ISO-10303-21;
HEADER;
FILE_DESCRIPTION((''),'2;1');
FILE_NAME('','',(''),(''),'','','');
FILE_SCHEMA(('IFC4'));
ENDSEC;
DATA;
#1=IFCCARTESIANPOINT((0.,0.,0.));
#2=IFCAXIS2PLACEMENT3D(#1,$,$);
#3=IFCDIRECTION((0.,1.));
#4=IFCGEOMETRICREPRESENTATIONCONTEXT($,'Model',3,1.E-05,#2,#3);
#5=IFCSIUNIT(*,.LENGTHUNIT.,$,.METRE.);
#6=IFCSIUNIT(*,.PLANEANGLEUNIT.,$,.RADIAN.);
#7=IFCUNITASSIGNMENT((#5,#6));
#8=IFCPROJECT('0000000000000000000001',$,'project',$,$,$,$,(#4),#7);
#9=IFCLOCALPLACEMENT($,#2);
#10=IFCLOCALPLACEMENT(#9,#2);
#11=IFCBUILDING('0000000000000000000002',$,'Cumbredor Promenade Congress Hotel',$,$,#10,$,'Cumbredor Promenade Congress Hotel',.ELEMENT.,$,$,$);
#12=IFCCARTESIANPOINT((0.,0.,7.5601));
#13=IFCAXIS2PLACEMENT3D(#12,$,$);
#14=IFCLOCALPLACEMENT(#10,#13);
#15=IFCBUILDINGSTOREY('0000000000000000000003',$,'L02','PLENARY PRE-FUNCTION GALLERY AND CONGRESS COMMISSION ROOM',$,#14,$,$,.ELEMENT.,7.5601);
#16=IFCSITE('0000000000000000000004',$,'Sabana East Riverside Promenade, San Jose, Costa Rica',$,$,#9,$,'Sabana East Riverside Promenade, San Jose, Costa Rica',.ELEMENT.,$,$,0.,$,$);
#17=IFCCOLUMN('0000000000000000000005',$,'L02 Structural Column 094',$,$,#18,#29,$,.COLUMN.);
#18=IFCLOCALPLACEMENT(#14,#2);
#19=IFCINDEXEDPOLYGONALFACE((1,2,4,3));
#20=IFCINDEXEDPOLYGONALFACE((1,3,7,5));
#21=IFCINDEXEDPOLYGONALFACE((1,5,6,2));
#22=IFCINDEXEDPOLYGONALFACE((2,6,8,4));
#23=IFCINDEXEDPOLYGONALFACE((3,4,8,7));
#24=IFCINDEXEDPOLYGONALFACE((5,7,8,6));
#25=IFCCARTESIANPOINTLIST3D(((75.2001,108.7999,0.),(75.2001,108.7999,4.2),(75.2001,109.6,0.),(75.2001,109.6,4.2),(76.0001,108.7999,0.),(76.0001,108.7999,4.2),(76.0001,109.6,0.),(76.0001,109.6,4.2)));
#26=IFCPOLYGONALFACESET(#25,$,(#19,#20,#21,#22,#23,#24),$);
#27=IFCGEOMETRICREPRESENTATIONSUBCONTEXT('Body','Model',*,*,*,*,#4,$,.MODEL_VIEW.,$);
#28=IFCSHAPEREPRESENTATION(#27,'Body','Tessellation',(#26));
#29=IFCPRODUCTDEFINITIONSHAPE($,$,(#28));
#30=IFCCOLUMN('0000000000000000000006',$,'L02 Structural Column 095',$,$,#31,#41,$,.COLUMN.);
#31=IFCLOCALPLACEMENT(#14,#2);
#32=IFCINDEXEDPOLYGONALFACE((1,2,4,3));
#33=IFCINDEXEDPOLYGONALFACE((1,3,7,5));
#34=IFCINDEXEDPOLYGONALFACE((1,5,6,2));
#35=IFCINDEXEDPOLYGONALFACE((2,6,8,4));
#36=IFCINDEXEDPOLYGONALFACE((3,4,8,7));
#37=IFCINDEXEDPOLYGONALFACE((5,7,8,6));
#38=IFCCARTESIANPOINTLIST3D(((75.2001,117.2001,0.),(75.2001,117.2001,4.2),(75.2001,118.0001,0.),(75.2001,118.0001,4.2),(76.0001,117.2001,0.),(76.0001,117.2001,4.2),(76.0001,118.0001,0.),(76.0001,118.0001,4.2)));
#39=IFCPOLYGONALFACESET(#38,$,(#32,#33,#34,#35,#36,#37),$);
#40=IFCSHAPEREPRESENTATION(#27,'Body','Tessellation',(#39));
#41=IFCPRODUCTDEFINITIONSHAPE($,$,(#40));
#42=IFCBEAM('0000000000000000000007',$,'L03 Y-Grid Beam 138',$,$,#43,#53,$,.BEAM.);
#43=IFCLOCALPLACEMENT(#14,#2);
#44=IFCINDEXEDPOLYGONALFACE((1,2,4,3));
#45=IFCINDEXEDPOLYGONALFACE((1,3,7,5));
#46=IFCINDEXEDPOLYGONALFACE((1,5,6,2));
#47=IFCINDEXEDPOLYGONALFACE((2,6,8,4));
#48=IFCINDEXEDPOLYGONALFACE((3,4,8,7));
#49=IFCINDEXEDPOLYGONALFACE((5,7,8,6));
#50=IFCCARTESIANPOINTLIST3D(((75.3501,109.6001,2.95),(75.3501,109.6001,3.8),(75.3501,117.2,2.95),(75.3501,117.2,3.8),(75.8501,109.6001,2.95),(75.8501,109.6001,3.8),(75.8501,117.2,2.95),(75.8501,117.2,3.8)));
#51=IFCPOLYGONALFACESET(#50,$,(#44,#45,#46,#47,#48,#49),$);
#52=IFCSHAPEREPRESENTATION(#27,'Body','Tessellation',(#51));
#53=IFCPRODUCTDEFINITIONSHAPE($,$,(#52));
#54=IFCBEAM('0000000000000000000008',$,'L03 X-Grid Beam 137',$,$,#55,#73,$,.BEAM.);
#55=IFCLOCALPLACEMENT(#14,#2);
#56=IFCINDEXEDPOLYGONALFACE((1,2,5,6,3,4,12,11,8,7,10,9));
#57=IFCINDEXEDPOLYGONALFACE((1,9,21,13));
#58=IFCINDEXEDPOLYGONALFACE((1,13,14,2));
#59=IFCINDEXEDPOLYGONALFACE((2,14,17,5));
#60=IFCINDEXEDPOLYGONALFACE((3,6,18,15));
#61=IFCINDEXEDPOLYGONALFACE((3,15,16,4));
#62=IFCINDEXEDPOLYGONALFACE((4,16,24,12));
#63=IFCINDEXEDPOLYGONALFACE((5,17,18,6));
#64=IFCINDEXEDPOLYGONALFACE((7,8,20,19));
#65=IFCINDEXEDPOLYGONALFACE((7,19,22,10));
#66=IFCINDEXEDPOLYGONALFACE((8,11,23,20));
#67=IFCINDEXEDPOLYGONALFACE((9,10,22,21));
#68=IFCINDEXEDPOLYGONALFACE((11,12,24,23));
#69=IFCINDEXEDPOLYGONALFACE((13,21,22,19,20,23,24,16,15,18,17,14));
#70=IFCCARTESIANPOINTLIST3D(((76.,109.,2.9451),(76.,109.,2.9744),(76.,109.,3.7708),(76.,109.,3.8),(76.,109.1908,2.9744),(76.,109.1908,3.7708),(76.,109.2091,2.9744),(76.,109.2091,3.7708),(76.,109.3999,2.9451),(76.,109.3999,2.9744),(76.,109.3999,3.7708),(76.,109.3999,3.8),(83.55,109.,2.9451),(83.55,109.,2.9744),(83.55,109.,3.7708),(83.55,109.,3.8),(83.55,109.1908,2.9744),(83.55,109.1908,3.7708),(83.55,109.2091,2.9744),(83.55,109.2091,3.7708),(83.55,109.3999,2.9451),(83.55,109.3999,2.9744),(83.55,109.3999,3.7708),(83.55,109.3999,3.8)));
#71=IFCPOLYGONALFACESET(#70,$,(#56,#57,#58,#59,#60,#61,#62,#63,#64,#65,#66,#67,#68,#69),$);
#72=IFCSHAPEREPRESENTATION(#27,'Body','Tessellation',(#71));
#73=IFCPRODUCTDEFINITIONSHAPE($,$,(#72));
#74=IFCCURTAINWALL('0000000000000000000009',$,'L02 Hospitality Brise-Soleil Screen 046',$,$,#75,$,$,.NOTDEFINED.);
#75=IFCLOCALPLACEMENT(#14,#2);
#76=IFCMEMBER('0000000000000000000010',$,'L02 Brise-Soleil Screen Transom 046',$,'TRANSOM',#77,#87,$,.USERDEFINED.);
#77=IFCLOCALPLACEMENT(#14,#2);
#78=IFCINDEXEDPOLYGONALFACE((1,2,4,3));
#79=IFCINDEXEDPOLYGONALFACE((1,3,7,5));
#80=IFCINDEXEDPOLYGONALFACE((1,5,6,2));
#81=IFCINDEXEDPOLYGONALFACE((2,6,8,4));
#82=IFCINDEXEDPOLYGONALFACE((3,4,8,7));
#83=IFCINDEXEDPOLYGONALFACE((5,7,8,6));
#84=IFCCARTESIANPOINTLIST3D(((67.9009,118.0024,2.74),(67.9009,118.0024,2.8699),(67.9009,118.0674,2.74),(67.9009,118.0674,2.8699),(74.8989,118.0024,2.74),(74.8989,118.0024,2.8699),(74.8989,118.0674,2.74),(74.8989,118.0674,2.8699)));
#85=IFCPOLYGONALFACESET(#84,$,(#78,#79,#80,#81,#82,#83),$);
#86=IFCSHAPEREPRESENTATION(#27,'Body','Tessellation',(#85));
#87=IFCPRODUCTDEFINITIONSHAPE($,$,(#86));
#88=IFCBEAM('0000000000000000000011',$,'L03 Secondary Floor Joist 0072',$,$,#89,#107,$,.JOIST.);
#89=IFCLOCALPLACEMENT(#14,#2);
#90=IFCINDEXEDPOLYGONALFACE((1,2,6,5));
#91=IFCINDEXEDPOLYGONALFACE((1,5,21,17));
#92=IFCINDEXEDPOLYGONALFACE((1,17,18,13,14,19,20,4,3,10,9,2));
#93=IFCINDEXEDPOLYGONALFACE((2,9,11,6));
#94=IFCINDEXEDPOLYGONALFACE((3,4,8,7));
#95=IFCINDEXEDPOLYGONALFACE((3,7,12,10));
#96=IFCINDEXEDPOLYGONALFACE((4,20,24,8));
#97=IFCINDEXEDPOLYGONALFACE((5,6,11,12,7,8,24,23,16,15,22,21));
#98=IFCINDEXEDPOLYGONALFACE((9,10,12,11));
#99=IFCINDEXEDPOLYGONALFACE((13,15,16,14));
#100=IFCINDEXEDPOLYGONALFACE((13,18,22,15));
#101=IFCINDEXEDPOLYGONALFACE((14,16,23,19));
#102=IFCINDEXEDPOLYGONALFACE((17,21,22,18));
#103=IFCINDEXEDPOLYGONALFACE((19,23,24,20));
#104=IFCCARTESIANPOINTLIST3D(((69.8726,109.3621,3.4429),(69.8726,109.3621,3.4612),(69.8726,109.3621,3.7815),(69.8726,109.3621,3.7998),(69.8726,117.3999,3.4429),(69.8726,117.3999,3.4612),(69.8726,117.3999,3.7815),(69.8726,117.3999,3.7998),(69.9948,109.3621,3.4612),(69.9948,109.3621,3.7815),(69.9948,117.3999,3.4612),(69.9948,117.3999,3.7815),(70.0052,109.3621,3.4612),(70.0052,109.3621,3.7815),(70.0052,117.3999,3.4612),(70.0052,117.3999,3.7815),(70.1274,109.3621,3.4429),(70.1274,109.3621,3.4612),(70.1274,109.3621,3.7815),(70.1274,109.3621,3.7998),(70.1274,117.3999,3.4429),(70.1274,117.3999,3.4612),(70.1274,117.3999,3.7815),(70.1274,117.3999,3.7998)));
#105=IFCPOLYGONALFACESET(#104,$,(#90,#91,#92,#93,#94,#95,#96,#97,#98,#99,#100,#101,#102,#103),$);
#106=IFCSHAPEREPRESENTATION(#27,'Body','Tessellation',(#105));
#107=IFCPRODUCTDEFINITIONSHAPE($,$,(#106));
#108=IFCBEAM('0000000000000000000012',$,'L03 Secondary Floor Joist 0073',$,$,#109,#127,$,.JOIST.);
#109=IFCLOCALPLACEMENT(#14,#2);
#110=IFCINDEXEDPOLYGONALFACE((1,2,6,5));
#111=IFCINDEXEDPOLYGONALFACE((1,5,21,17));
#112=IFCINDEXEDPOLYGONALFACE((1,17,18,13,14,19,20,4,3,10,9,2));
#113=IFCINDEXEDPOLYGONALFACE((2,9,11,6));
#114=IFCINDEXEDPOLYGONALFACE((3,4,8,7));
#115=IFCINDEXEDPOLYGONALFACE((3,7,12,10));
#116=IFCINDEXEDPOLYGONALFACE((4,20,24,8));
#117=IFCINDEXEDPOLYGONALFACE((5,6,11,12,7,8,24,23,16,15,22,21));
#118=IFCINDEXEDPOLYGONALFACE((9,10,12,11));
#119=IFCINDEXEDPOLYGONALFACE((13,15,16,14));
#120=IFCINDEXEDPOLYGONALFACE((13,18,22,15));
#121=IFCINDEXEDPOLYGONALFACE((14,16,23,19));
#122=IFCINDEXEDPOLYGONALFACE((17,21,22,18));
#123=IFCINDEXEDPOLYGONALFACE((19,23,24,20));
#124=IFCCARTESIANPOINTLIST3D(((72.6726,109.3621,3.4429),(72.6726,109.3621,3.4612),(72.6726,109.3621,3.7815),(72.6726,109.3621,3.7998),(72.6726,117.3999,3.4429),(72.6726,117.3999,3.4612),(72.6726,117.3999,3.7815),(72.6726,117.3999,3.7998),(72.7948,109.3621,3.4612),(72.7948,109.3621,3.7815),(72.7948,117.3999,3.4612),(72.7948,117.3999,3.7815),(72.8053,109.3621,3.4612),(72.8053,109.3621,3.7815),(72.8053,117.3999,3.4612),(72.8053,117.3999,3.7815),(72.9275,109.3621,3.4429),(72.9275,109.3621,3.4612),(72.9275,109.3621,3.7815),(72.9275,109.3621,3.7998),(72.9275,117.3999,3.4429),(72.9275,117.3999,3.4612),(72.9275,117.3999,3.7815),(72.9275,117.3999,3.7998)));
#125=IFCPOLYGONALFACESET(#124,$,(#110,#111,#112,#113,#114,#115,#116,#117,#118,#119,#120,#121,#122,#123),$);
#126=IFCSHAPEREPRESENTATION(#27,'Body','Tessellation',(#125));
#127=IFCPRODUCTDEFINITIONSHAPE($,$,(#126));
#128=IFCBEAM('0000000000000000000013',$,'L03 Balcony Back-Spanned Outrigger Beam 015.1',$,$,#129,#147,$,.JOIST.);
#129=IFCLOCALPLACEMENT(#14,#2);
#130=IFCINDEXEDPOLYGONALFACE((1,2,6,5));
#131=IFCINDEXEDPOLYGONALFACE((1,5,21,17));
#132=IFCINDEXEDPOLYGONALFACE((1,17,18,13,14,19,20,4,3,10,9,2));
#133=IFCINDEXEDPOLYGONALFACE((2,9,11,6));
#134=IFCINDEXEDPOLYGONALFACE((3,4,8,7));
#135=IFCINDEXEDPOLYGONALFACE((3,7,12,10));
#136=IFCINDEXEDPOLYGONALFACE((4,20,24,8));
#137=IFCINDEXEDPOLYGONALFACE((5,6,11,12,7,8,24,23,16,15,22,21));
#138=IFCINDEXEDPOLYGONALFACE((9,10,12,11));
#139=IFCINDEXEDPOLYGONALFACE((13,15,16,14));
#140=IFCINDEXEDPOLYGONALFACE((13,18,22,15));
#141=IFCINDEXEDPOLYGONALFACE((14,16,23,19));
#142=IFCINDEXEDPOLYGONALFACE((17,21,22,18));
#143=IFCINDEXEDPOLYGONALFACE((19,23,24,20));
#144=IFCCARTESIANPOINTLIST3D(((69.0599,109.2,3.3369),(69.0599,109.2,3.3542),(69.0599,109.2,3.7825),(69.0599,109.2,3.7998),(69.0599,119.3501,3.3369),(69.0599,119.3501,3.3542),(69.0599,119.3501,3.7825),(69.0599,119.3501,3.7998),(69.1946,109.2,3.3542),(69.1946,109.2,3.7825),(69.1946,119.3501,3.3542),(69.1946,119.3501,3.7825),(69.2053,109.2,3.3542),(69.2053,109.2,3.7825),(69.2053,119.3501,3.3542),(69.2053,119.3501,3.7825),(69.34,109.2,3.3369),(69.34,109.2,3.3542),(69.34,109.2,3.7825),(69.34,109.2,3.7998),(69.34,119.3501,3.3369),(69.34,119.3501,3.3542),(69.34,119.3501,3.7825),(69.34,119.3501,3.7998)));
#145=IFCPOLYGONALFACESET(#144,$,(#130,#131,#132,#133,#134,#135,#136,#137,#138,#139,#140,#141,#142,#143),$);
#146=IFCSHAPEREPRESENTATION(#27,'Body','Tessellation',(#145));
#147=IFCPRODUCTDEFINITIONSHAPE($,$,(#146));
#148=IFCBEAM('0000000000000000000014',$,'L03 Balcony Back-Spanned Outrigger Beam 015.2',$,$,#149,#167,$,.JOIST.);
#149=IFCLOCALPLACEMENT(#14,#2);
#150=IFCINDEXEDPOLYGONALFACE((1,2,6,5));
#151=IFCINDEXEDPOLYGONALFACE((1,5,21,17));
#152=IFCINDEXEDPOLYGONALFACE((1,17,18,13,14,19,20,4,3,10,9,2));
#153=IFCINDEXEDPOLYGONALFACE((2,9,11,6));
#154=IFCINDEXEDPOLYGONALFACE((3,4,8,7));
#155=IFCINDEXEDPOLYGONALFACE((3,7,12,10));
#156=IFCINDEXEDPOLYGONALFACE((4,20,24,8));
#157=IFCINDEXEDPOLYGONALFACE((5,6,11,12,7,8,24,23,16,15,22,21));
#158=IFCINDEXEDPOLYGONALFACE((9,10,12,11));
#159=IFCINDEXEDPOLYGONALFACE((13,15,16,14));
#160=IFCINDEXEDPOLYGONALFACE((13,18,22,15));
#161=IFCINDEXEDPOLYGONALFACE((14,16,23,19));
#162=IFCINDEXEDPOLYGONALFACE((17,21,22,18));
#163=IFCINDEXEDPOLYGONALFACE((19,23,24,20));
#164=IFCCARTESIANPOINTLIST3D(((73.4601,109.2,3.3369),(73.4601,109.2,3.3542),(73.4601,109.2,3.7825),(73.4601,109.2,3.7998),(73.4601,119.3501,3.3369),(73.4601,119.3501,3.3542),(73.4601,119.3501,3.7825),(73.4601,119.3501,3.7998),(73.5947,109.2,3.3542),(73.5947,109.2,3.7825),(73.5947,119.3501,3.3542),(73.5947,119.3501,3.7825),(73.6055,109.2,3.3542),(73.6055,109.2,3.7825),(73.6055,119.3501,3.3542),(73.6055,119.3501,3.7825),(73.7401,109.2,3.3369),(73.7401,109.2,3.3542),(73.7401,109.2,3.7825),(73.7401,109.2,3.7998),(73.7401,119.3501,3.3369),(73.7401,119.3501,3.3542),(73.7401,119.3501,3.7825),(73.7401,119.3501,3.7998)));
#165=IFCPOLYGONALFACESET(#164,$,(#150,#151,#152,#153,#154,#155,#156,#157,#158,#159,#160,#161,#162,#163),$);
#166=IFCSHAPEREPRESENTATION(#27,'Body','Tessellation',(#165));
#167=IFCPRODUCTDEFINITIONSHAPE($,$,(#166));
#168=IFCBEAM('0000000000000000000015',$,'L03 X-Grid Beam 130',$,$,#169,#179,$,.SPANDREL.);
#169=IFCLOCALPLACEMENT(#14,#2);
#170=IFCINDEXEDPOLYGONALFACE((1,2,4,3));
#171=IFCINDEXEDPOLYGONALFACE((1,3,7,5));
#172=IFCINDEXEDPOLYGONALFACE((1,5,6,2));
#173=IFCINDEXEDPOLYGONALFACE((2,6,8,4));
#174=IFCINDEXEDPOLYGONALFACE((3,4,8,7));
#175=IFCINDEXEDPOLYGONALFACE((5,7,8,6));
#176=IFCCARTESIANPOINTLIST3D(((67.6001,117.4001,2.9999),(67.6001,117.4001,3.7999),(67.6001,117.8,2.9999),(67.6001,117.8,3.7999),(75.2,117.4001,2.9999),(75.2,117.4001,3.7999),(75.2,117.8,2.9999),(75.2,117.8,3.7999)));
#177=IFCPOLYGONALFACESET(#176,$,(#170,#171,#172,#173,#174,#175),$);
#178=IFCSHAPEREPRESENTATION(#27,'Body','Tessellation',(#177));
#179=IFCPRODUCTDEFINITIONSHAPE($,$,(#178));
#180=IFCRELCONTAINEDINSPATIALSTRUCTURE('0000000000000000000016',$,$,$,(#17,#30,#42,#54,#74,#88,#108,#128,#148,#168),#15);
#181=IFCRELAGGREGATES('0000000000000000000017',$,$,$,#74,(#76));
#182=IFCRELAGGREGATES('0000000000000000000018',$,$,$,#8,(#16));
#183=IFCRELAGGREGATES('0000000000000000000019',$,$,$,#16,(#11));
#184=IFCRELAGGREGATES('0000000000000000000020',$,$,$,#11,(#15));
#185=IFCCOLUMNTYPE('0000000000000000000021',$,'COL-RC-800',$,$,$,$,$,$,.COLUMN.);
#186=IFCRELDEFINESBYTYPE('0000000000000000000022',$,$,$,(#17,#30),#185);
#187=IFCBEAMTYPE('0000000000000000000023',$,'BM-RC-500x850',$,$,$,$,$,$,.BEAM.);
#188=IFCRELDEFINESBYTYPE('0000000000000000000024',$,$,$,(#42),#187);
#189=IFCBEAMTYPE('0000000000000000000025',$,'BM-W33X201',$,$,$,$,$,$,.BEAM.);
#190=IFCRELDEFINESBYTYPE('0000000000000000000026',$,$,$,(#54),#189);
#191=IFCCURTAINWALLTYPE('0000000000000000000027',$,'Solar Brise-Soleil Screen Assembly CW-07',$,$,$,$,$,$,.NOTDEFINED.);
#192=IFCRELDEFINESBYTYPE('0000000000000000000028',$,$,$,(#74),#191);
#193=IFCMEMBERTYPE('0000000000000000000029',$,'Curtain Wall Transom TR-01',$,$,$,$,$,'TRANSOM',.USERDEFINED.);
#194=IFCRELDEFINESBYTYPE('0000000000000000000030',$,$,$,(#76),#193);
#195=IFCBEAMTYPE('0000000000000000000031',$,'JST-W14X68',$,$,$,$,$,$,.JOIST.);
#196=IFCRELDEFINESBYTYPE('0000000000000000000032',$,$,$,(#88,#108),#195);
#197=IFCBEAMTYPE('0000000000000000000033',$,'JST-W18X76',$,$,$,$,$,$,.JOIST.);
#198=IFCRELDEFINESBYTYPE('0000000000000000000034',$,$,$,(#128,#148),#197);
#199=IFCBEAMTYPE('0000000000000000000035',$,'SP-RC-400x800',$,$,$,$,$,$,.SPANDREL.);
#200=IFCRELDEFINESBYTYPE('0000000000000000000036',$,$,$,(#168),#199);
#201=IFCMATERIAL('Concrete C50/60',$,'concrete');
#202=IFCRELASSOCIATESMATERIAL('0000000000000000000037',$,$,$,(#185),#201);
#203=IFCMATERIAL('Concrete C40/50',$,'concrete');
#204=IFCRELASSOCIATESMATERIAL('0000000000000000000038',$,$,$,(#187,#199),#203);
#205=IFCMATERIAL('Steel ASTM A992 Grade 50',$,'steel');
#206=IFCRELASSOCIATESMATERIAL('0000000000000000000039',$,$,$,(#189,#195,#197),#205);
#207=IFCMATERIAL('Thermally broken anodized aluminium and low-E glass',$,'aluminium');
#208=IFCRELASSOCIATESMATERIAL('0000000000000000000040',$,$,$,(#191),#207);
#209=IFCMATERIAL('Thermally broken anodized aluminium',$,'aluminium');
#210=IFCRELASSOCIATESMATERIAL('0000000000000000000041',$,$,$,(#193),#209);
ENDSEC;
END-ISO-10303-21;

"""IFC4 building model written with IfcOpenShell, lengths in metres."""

from ifc_helpers import new_model, si_unit, direction, frame, origin, origin_2d, place, context, subcontext, project, spatial, rectangle, i_section, extrude, material, material_profile, profile_set, type_object, element, aggregate, save


model = new_model("IFC4")

# Units and contexts
model_context = context("Model", 3, precision=1e-05, world=origin(), true_north=direction((0.0, 1.0)))
body_context = subcontext(model_context, "Body", "Model", "MODEL_VIEW")
ifc_project = project(units=[si_unit("LENGTHUNIT", "METRE"), si_unit("PLANEANGLEUNIT", "RADIAN")], contexts=[model_context])

# Site, building, storey
site_placement = place(None, origin())
site = spatial("IfcSite", under=ifc_project, at=site_placement, Name="Sabana East Riverside Promenade, San Jose, Costa Rica", LongName="Sabana East Riverside Promenade, San Jose, Costa Rica", CompositionType="ELEMENT", RefElevation=0.0)
building_placement = place(site_placement, origin())
building = spatial("IfcBuilding", under=site, at=building_placement, Name="Cumbredor Promenade Congress Hotel", LongName="Cumbredor Promenade Congress Hotel", CompositionType="ELEMENT")
storey_placement = place(building_placement, frame((0.0, 0.0, 7.5601)))
storey = spatial("IfcBuildingStorey", under=building, at=storey_placement, Name="L02", Description="PLENARY PRE-FUNCTION GALLERY AND CONGRESS COMMISSION ROOM", CompositionType="ELEMENT", Elevation=7.5601)

# Columns
ifc_material_1 = material(Name="Concrete C50/60", Category="concrete")
ifc_material_profile_1 = material_profile(ifc_material_1, rectangle(XDim=0.8, YDim=0.8, at=origin_2d()), Name="RC 800x800")
ifc_profile_set_1 = profile_set([ifc_material_profile_1], Name="Concrete C50/60")
column_type = type_object("IfcColumnType", Name="COL-RC-800", PredefinedType="COLUMN", material=ifc_profile_set_1)
for number, where, z_axis, x_axis, name in (
    (1, (75.6001, 109.2, 0.0), (0.0, 0.0, 1.0), (1.0, 0.0, 0.0), "L02 Structural Column 094"),
    (2, (75.6001, 117.6001, 0.0), (0.0, 0.0, 1.0), (1.0, 0.0, 0.0), "L02 Structural Column 095"),
):
    element("IfcColumn", number, at=place(storey_placement, frame(where, z_axis=z_axis, x_axis=x_axis)), inside=storey, type_object=column_type, Name=name, PredefinedType="COLUMN", context=body_context, shape_type="SweptSolid", body=[
        extrude(rectangle(XDim=0.8, YDim=0.8, at=origin_2d()), origin(), (0.0, 0.0, 1.0), 4.2),
    ])

# Beams
ifc_material_2 = material(Name="Concrete C40/50", Category="concrete")
ifc_material_profile_2 = material_profile(ifc_material_2, rectangle(XDim=0.5, YDim=0.8501, at=origin_2d()), Name="RC BEAM 500x850")
ifc_profile_set_2 = profile_set([ifc_material_profile_2], Name="Concrete C40/50")
beam_type_1 = type_object("IfcBeamType", Name="BM-RC-500x850", PredefinedType="BEAM", material=ifc_profile_set_2)
beam_1_placement = place(storey_placement, frame((75.6001, 109.6001, 3.375), z_axis=(0.0, 1.0, 0.0), x_axis=(-1.0, 0.0, 0.0)))
element("IfcBeam", 3, at=beam_1_placement, inside=storey, type_object=beam_type_1, Name="L03 Y-Grid Beam 138", PredefinedType="BEAM", context=body_context, shape_type="SweptSolid", body=[
    extrude(rectangle(XDim=0.5, YDim=0.8501, at=origin_2d()), origin(), (0.0, 0.0, 1.0), 7.5999),
])
ifc_material_3 = material(Name="Steel ASTM A992 Grade 50", Category="steel")
ifc_material_profile_3 = material_profile(ifc_material_3, i_section(OverallWidth=0.3999, OverallDepth=0.855, WebThickness=0.0183, FlangeThickness=0.0293, at=origin_2d()), Name="W33X201")
ifc_profile_set_3 = profile_set([ifc_material_profile_3], Name="Steel ASTM A992 Grade 50")
beam_type_2 = type_object("IfcBeamType", Name="BM-W33X201", PredefinedType="BEAM", material=ifc_profile_set_3)
beam_2_placement = place(storey_placement, frame((76.0, 109.2, 3.3726), z_axis=(1.0, 0.0, 0.0), x_axis=(0.0, 1.0, 0.0)))
element("IfcBeam", 4, at=beam_2_placement, inside=storey, type_object=beam_type_2, Name="L03 X-Grid Beam 137", PredefinedType="BEAM", context=body_context, shape_type="SweptSolid", body=[
    extrude(i_section(OverallWidth=0.3999, OverallDepth=0.855, WebThickness=0.0183, FlangeThickness=0.0293, at=origin_2d()), origin(), (0.0, 0.0, 1.0), 7.55),
])

# Curtain wall, member
ifc_material_4 = material(Name="Thermally broken anodized aluminium and low-E glass", Category="aluminium")
curtain_wall_type = type_object("IfcCurtainWallType", Name="Solar Brise-Soleil Screen Assembly CW-07", PredefinedType="NOTDEFINED", material=ifc_material_4)
curtain_wall_placement = place(storey_placement, origin())
curtain_wall = element("IfcCurtainWall", 5, at=curtain_wall_placement, inside=storey, type_object=curtain_wall_type, Name="L02 Hospitality Brise-Soleil Screen 046", PredefinedType="NOTDEFINED")
ifc_material_5 = material(Name="Thermally broken anodized aluminium", Category="aluminium")
ifc_material_profile_4 = material_profile(ifc_material_5, rectangle(XDim=0.0649, YDim=0.1299, at=origin_2d()), Name="ALU TRANSOM 65x130")
ifc_profile_set_4 = profile_set([ifc_material_profile_4], Name="Thermally broken anodized aluminium")
member_type_1 = type_object("IfcMemberType", Name="Curtain Wall Transom TR-01", ElementType="TRANSOM", PredefinedType="USERDEFINED", material=ifc_profile_set_4)
member_1_placement = place(storey_placement, frame((67.9009, 118.0349, 2.8049), z_axis=(1.0, 0.0, 0.0), x_axis=(0.0, 1.0, 0.0)))
member_1 = element("IfcMember", 6, at=member_1_placement, type_object=member_type_1, Name="L02 Brise-Soleil Screen Transom 046", ObjectType="TRANSOM", PredefinedType="USERDEFINED", context=body_context, shape_type="SweptSolid", body=[
    extrude(rectangle(XDim=0.0649, YDim=0.1299, at=origin_2d()), origin(), (0.0, 0.0, 1.0), 6.998),
])

# Beams
ifc_material_profile_5 = material_profile(ifc_material_3, i_section(OverallWidth=0.2549, OverallDepth=0.3569, WebThickness=0.0105, FlangeThickness=0.0183, at=origin_2d()), Name="W14X68")
ifc_profile_set_5 = profile_set([ifc_material_profile_5], Name="Steel ASTM A992 Grade 50")
beam_type_3 = type_object("IfcBeamType", Name="JST-W14X68", PredefinedType="JOIST", material=ifc_profile_set_5)
for number, where, z_axis, x_axis, name in (
    (7, (70.0, 109.3621, 3.6213), (0.0, 1.0, 0.0), (-1.0, 0.0, 0.0), "L03 Secondary Floor Joist 0072"),
    (8, (72.8, 109.3621, 3.6213), (0.0, 1.0, 0.0), (-1.0, 0.0, 0.0), "L03 Secondary Floor Joist 0073"),
):
    element("IfcBeam", number, at=place(storey_placement, frame(where, z_axis=z_axis, x_axis=x_axis)), inside=storey, type_object=beam_type_3, Name=name, PredefinedType="JOIST", context=body_context, shape_type="SweptSolid", body=[
        extrude(i_section(OverallWidth=0.2549, OverallDepth=0.3569, WebThickness=0.0105, FlangeThickness=0.0183, at=origin_2d()), origin(), (0.0, 0.0, 1.0), 8.0378),
    ])
ifc_material_profile_6 = material_profile(ifc_material_3, i_section(OverallWidth=0.28, OverallDepth=0.4629, WebThickness=0.0107, FlangeThickness=0.0173, at=origin_2d()), Name="W18X76")
ifc_profile_set_6 = profile_set([ifc_material_profile_6], Name="Steel ASTM A992 Grade 50")
beam_type_4 = type_object("IfcBeamType", Name="JST-W18X76", PredefinedType="JOIST", material=ifc_profile_set_6)
for number, where, z_axis, x_axis, name in (
    (9, (69.2, 109.2, 3.5684), (0.0, 1.0, 0.0), (-1.0, 0.0, 0.0), "L03 Balcony Back-Spanned Outrigger Beam 015.1"),
    (10, (73.6001, 109.2, 3.5684), (0.0, 1.0, 0.0), (-1.0, 0.0, 0.0), "L03 Balcony Back-Spanned Outrigger Beam 015.2"),
):
    element("IfcBeam", number, at=place(storey_placement, frame(where, z_axis=z_axis, x_axis=x_axis)), inside=storey, type_object=beam_type_4, Name=name, PredefinedType="JOIST", context=body_context, shape_type="SweptSolid", body=[
        extrude(i_section(OverallWidth=0.28, OverallDepth=0.4629, WebThickness=0.0107, FlangeThickness=0.0173, at=origin_2d()), origin(), (0.0, 0.0, 1.0), 10.1501),
    ])
ifc_material_profile_7 = material_profile(ifc_material_2, rectangle(XDim=0.3999, YDim=0.8, at=origin_2d()), Name="RC SPANDREL 400x800")
ifc_profile_set_7 = profile_set([ifc_material_profile_7], Name="Concrete C40/50")
beam_type_5 = type_object("IfcBeamType", Name="SP-RC-400x800", PredefinedType="SPANDREL", material=ifc_profile_set_7)
beam_3_placement = place(storey_placement, frame((67.6001, 117.6001, 3.3999), z_axis=(1.0, 0.0, 0.0), x_axis=(0.0, 1.0, 0.0)))
element("IfcBeam", 11, at=beam_3_placement, inside=storey, type_object=beam_type_5, Name="L03 X-Grid Beam 130", PredefinedType="SPANDREL", context=body_context, shape_type="SweptSolid", body=[
    extrude(rectangle(XDim=0.3999, YDim=0.8, at=origin_2d()), origin(), (0.0, 0.0, 1.0), 7.5999),
])

aggregate(curtain_wall, [member_1])

save(model, "model.ifc")
